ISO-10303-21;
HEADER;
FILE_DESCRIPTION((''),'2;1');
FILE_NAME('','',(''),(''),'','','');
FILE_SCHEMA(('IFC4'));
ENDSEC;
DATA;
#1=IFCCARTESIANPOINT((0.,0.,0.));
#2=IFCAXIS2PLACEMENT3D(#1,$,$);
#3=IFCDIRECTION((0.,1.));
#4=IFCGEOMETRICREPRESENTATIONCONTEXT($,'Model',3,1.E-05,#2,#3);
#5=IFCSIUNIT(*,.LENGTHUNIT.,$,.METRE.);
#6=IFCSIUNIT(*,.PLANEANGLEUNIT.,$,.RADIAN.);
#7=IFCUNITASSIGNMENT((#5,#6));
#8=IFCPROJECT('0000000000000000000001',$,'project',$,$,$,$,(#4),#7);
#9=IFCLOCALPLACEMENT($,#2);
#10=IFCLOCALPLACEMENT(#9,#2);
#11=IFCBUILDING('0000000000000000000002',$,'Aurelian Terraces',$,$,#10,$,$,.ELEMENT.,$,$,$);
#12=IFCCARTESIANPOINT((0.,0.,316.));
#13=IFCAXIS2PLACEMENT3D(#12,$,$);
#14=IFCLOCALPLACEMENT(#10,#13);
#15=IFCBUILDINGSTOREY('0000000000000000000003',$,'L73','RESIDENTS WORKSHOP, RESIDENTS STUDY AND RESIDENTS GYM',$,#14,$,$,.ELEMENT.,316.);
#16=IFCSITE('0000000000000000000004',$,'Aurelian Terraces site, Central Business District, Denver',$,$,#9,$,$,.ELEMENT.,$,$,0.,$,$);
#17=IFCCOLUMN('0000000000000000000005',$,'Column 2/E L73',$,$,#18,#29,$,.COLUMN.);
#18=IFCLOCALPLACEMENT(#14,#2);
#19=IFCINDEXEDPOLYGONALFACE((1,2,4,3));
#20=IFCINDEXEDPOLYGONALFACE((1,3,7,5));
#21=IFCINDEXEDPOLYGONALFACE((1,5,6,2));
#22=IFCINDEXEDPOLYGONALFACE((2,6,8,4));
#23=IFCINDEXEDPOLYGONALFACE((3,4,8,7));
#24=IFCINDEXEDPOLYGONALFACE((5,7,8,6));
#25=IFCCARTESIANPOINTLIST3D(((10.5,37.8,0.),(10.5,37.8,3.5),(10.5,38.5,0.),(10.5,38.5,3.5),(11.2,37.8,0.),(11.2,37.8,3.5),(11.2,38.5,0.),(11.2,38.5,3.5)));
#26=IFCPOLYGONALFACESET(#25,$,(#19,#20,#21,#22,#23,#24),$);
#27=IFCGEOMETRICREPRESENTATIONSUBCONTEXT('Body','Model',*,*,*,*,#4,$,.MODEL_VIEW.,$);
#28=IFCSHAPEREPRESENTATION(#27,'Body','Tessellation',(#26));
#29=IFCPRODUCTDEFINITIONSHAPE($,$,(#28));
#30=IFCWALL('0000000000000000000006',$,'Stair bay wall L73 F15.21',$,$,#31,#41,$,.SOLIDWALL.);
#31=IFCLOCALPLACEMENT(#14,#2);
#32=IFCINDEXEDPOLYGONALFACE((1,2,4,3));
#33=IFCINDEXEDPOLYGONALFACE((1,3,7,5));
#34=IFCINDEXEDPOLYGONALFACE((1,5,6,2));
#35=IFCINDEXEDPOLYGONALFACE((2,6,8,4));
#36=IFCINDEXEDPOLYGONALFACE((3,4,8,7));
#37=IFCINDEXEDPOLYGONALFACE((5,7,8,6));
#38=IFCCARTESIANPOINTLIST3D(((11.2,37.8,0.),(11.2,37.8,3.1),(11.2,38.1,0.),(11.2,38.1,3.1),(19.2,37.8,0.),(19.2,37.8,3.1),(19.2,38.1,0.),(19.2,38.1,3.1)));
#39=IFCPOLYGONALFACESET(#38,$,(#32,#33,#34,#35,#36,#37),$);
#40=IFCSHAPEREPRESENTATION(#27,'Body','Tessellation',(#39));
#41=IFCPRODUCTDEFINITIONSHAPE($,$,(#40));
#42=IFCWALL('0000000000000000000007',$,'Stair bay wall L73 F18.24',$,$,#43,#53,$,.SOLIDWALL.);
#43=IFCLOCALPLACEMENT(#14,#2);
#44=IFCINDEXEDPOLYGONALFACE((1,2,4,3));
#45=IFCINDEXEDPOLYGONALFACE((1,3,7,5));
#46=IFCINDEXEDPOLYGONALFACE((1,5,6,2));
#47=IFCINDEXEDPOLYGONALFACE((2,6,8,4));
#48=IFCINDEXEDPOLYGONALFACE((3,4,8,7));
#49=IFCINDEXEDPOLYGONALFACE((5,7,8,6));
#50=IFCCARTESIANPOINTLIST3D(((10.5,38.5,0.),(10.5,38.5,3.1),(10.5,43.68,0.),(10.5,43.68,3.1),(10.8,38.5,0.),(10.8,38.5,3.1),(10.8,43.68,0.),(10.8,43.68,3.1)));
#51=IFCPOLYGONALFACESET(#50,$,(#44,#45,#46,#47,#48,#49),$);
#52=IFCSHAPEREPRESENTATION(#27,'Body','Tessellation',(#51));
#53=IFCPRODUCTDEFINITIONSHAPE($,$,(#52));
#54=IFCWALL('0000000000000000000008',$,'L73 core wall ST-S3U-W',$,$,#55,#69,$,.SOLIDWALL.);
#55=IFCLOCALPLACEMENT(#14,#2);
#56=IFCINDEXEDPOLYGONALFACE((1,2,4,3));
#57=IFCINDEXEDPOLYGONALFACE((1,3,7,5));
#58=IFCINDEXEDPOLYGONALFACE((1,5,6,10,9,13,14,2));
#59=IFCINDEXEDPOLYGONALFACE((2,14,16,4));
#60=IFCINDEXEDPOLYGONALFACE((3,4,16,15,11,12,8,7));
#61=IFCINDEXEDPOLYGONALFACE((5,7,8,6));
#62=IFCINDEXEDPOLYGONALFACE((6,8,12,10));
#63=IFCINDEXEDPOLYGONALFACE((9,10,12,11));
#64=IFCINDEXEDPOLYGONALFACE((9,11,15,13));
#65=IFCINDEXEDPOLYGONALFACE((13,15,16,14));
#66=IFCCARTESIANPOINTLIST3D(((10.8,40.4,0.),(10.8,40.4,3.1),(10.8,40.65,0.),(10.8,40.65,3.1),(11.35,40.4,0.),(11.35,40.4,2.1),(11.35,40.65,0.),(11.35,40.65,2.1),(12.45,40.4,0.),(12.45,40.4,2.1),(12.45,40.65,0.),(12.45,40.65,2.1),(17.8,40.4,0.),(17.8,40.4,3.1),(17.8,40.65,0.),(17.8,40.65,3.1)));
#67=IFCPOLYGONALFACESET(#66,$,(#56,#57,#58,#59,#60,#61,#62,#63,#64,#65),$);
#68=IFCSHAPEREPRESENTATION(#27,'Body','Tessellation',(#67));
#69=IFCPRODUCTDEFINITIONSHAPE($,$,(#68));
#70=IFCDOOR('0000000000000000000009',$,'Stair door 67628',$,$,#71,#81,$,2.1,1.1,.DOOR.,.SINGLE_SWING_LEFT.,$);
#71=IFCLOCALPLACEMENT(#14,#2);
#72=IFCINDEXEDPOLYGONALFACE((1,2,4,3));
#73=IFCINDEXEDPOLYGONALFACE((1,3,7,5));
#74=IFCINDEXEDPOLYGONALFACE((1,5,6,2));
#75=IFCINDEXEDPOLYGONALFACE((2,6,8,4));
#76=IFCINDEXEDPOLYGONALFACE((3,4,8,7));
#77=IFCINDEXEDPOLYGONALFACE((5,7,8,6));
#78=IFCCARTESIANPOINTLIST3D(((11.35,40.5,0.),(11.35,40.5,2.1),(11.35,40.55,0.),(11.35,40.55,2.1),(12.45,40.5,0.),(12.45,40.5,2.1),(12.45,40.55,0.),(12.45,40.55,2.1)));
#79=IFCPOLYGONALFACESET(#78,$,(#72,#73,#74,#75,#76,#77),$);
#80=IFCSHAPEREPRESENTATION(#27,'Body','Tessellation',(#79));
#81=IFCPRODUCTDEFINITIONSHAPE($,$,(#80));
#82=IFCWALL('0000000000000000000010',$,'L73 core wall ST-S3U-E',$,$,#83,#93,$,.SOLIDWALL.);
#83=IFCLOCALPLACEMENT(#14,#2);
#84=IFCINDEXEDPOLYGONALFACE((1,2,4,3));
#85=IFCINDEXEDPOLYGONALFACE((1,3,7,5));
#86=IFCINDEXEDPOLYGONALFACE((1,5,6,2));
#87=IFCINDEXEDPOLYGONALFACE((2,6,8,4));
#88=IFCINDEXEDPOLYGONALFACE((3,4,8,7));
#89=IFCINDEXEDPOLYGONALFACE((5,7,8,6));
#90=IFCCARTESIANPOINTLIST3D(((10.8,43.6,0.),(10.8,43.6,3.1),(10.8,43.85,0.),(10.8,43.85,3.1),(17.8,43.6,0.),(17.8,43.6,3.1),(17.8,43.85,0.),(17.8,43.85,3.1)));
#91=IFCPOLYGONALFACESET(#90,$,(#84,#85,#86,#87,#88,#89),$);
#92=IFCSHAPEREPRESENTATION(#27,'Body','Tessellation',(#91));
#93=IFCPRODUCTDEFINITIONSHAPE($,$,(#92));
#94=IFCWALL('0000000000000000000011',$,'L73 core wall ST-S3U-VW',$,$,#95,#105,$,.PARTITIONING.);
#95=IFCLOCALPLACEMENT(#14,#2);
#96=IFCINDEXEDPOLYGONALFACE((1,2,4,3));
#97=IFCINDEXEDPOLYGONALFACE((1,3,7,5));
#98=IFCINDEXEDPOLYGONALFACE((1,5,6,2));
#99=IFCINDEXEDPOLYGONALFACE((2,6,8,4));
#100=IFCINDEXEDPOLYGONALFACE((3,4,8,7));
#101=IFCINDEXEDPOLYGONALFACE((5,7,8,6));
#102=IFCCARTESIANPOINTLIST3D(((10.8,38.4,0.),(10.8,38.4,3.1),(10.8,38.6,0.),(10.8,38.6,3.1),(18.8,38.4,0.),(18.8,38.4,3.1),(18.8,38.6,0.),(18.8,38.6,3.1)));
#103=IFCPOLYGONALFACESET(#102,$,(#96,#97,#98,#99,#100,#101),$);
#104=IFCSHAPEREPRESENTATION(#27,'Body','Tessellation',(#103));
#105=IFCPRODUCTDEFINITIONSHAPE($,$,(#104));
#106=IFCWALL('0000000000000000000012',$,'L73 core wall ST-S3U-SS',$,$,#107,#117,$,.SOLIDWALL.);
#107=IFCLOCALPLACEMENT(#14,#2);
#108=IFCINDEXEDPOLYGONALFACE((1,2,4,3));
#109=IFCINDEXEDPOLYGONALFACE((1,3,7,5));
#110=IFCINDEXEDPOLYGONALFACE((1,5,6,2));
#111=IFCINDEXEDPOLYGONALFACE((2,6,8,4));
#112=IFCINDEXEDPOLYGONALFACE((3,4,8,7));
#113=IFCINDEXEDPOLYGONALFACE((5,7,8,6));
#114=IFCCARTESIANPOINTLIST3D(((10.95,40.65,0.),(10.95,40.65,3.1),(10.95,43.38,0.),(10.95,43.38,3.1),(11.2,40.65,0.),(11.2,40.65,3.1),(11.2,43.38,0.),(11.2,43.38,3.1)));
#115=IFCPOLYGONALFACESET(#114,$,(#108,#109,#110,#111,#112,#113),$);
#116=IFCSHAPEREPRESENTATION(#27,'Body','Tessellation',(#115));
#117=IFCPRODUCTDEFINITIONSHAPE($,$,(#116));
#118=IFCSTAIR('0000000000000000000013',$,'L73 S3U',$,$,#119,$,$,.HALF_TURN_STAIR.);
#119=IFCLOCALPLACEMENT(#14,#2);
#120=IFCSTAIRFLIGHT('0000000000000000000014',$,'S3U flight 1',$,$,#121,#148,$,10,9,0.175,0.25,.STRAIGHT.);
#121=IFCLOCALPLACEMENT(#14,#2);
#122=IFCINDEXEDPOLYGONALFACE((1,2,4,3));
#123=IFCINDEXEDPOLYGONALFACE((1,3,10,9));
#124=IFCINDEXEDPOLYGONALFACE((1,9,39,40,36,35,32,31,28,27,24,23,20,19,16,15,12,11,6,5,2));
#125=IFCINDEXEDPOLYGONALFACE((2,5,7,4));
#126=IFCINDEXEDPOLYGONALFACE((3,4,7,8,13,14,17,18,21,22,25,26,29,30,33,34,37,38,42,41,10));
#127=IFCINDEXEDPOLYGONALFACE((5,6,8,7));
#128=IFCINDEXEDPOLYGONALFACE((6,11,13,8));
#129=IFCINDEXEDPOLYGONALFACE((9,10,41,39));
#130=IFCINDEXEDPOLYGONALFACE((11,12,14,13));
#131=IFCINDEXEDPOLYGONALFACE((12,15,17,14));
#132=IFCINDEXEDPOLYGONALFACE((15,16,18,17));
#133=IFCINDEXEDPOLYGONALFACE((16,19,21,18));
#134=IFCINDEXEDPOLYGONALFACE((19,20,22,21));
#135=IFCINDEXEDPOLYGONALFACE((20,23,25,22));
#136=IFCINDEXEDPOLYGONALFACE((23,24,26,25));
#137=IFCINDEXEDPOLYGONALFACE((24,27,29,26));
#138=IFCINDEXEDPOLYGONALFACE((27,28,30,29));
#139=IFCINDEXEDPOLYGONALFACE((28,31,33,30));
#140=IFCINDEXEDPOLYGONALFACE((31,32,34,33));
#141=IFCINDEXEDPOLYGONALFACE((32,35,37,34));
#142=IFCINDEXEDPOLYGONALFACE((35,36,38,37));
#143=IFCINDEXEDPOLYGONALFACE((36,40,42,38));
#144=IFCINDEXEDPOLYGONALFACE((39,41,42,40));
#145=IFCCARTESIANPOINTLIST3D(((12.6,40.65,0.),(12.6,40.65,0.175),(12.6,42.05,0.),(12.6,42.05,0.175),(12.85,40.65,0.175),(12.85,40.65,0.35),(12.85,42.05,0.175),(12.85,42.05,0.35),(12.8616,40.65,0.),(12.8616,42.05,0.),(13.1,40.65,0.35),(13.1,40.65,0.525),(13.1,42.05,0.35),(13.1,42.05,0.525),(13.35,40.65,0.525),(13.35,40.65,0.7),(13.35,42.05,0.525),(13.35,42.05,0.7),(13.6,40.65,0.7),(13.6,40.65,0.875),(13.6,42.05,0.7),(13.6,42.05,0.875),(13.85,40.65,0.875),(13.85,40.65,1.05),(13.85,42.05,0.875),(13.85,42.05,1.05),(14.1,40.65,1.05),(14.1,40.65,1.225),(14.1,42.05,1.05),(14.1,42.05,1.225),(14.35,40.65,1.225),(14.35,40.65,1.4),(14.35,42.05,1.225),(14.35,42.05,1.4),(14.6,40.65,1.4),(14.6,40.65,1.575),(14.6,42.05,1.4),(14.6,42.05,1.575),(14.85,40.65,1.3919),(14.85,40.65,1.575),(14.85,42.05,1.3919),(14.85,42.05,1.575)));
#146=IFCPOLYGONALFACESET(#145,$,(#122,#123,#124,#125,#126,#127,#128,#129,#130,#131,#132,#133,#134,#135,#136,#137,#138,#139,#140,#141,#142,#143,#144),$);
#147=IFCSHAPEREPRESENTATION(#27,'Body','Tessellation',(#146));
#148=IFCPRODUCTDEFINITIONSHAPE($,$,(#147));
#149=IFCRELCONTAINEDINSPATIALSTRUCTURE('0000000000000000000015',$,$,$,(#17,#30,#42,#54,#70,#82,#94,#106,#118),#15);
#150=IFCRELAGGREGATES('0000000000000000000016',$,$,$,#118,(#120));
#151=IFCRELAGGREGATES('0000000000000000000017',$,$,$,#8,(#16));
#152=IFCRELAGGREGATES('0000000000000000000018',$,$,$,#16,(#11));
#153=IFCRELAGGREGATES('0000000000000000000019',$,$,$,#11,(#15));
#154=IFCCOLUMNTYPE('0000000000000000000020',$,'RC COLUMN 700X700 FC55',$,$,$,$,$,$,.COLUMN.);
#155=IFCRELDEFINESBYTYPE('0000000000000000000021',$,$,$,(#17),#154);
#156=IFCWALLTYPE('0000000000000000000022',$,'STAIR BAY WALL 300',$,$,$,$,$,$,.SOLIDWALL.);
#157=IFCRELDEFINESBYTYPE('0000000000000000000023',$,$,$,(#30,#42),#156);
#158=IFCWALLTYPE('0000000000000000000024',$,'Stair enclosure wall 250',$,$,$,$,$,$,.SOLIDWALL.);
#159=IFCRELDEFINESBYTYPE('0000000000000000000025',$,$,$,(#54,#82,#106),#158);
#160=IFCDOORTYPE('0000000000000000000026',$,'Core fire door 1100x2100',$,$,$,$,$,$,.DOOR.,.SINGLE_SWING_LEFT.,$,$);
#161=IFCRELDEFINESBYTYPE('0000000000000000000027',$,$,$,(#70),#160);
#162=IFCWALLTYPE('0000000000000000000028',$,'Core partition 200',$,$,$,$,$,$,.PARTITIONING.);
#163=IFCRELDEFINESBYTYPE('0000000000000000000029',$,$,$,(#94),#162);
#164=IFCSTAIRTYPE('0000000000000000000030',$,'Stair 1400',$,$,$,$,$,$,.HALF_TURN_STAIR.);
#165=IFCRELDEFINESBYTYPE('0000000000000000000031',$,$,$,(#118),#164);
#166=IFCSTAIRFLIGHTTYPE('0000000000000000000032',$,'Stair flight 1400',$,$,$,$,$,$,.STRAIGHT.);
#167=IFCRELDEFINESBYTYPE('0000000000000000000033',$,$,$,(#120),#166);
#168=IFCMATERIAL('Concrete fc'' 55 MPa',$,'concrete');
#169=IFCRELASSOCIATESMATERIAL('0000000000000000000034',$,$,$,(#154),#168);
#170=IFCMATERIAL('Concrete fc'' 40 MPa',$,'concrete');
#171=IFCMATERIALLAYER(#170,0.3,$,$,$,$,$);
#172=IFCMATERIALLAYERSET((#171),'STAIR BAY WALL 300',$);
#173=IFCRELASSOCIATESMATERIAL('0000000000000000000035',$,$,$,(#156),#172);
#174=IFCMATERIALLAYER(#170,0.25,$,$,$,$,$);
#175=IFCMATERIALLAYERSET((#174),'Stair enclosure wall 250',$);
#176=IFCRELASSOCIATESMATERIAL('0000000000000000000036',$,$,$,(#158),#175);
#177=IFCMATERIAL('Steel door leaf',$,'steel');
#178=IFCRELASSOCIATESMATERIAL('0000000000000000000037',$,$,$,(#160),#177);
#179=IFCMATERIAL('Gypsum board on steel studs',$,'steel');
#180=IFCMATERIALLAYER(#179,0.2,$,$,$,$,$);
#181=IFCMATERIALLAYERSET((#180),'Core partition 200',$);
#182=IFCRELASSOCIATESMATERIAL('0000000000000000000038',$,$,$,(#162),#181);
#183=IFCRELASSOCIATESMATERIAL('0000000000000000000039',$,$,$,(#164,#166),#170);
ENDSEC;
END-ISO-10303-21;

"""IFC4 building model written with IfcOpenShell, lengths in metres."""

from ifc_helpers import new_model, si_unit, direction, frame, frame_2d, origin, origin_2d, place, context, subcontext, project, spatial, polyline, rectangle, outline, extrude, source, transform, mapped, material, layer, layer_set, material_profile, profile_set, type_object, element, fill, aggregate, save


model = new_model("IFC4")

# Units and contexts
model_context = context("Model", 3, precision=1e-05, world=origin(), true_north=direction((0.0, 1.0)))
body_context = subcontext(model_context, "Body", "Model", "MODEL_VIEW")
ifc_project = project(units=[si_unit("LENGTHUNIT", "METRE"), si_unit("PLANEANGLEUNIT", "RADIAN")], contexts=[model_context])

# Site, building, storey
site_placement = place(None, origin())
site = spatial("IfcSite", under=ifc_project, at=site_placement, Name="Aurelian Terraces site, Central Business District, Denver", CompositionType="ELEMENT", RefElevation=0.0)
building_placement = place(site_placement, origin())
building = spatial("IfcBuilding", under=site, at=building_placement, Name="Aurelian Terraces", CompositionType="ELEMENT")
storey_placement = place(building_placement, frame((0.0, 0.0, 316.0)))
storey = spatial("IfcBuildingStorey", under=building, at=storey_placement, Name="L73", Description="RESIDENTS WORKSHOP, RESIDENTS STUDY AND RESIDENTS GYM", CompositionType="ELEMENT", Elevation=316.0)

# Column
ifc_material_1 = material(Name="Concrete fc' 55 MPa", Category="concrete")
ifc_material_profile = material_profile(ifc_material_1, rectangle(XDim=0.7, YDim=0.7, at=origin_2d()))
ifc_profile_set = profile_set([ifc_material_profile], Name="Concrete fc' 55 MPa")
column_type = type_object("IfcColumnType", Name="RC COLUMN 700X700 FC55", PredefinedType="COLUMN", material=ifc_profile_set)
shared_shape_1 = source(origin(), body_context, "Body", "SweptSolid", [
    extrude(rectangle(XDim=0.7, YDim=0.7, at=origin_2d()), origin(), (0.0, 0.0, 1.0), 3.5),
])
column_placement = place(storey_placement, frame((10.85, 38.15, 0.0), z_axis=(0.0, 0.0, 1.0), x_axis=(1.0, 0.0, 0.0)))
element("IfcColumn", 1, at=column_placement, inside=storey, type_object=column_type, Name="Column 2/E L73", PredefinedType="COLUMN", context=body_context, shape_type="MappedRepresentation", body=[
    mapped(shared_shape_1, transform((0.0, 0.0, 0.0), scale=1.0)),
])

# Walls
ifc_material_2 = material(Name="Concrete fc' 40 MPa", Category="concrete")
ifc_layer_1 = layer(ifc_material_2, 0.3)
ifc_layer_set_1 = layer_set([ifc_layer_1], Name="STAIR BAY WALL 300")
wall_type_1 = type_object("IfcWallType", Name="STAIR BAY WALL 300", PredefinedType="SOLIDWALL", material=ifc_layer_set_1)
shared_shape_2 = source(origin(), body_context, "Body", "SweptSolid", [
    extrude(rectangle(XDim=8.0, YDim=0.3, at=frame_2d((4.0, 0.0))), origin(), (0.0, 0.0, 1.0), 3.1),
])
wall_1_placement = place(storey_placement, frame((11.2, 37.95, 0.0), z_axis=(0.0, 0.0, 1.0), x_axis=(1.0, 0.0, 0.0)))
element("IfcWall", 2, at=wall_1_placement, inside=storey, type_object=wall_type_1, Name="Stair bay wall L73 F15.21", PredefinedType="SOLIDWALL", context=body_context, shape_type="MappedRepresentation", body=[
    mapped(shared_shape_2, transform((0.0, 0.0, 0.0), scale=1.0)),
])
shared_shape_3 = source(origin(), body_context, "Body", "SweptSolid", [
    extrude(rectangle(XDim=5.18, YDim=0.3, at=frame_2d((2.59, 0.0))), origin(), (0.0, 0.0, 1.0), 3.1),
])
wall_2_placement = place(storey_placement, frame((10.65, 43.68, 0.0), z_axis=(0.0, 0.0, 1.0), x_axis=(0.0, -1.0, 0.0)))
element("IfcWall", 3, at=wall_2_placement, inside=storey, type_object=wall_type_1, Name="Stair bay wall L73 F18.24", PredefinedType="SOLIDWALL", context=body_context, shape_type="MappedRepresentation", body=[
    mapped(shared_shape_3, transform((0.0, 0.0, 0.0), scale=1.0)),
])

# Wall, opening, door
ifc_layer_2 = layer(ifc_material_2, 0.25)
ifc_layer_set_2 = layer_set([ifc_layer_2], Name="Stair enclosure wall 250")
wall_type_2 = type_object("IfcWallType", Name="Stair enclosure wall 250", PredefinedType="SOLIDWALL", material=ifc_layer_set_2)
shared_shape_4 = source(origin(), body_context, "Body", "SweptSolid", [
    extrude(rectangle(XDim=7.0, YDim=0.25, at=frame_2d((3.5, 0.0))), origin(), (0.0, 0.0, 1.0), 3.1),
])
wall_3_placement = place(storey_placement, frame((10.8, 40.525, 0.0), z_axis=(0.0, 0.0, 1.0), x_axis=(1.0, 0.0, 0.0)))
wall_3 = element("IfcWall", 4, at=wall_3_placement, inside=storey, type_object=wall_type_2, Name="L73 core wall ST-S3U-W", PredefinedType="SOLIDWALL", context=body_context, shape_type="MappedRepresentation", body=[
    mapped(shared_shape_4, transform((0.0, 0.0, 0.0), scale=1.0)),
])
shared_shape_5 = source(origin(), body_context, "Body", "SweptSolid", [
    extrude(rectangle(XDim=1.1, YDim=2.1, at=frame_2d((0.55, 1.05))), frame((0.0, 0.135, 0.0), z_axis=(0.0, -1.0, 0.0), x_axis=(1.0, 0.0, 0.0)), (0.0, 0.0, 1.0), 0.27),
])
opening_placement = place(wall_3_placement, frame((0.55, 0.0, 0.0)))
opening = element("IfcOpeningElement", 5, at=opening_placement, cuts=wall_3, PredefinedType="OPENING", context=body_context, shape_type="MappedRepresentation", body=[
    mapped(shared_shape_5, transform((0.0, 0.0, 0.0), scale=1.0)),
])
ifc_material_3 = material(Name="Steel door leaf", Category="steel")
door_type = type_object("IfcDoorType", Name="Core fire door 1100x2100", OperationType="SINGLE_SWING_LEFT", PredefinedType="DOOR", material=ifc_material_3)
shared_shape_6 = source(origin(), body_context, "Body", "SweptSolid", [
    extrude(rectangle(XDim=1.1, YDim=2.1, at=frame_2d((0.55, 1.05))), frame((0.0, 0.025, 0.0), z_axis=(0.0, -1.0, 0.0), x_axis=(1.0, 0.0, 0.0)), (0.0, 0.0, 1.0), 0.05),
])
door_placement = place(opening_placement, origin())
door = element("IfcDoor", 6, at=door_placement, inside=storey, type_object=door_type, Name="Stair door 67628", OperationType="SINGLE_SWING_LEFT", OverallHeight=2.1, OverallWidth=1.1, PredefinedType="DOOR", context=body_context, shape_type="MappedRepresentation", body=[
    mapped(shared_shape_6, transform((0.0, 0.0, 0.0), scale=1.0)),
])
fill(opening, door)

# Walls
wall_4_placement = place(storey_placement, frame((10.8, 43.725, 0.0), z_axis=(0.0, 0.0, 1.0), x_axis=(1.0, 0.0, 0.0)))
element("IfcWall", 7, at=wall_4_placement, inside=storey, type_object=wall_type_2, Name="L73 core wall ST-S3U-E", PredefinedType="SOLIDWALL", context=body_context, shape_type="MappedRepresentation", body=[
    mapped(shared_shape_4, transform((0.0, 0.0, 0.0), scale=1.0)),
])
ifc_material_4 = material(Name="Gypsum board on steel studs", Category="steel")
ifc_layer_3 = layer(ifc_material_4, 0.2)
ifc_layer_set_3 = layer_set([ifc_layer_3], Name="Core partition 200")
wall_type_3 = type_object("IfcWallType", Name="Core partition 200", PredefinedType="PARTITIONING", material=ifc_layer_set_3)
shared_shape_7 = source(origin(), body_context, "Body", "SweptSolid", [
    extrude(rectangle(XDim=8.0, YDim=0.2, at=frame_2d((4.0, 0.0))), origin(), (0.0, 0.0, 1.0), 3.1),
])
wall_5_placement = place(storey_placement, frame((10.8, 38.5, 0.0), z_axis=(0.0, 0.0, 1.0), x_axis=(1.0, 0.0, 0.0)))
element("IfcWall", 8, at=wall_5_placement, inside=storey, type_object=wall_type_3, Name="L73 core wall ST-S3U-VW", PredefinedType="PARTITIONING", context=body_context, shape_type="MappedRepresentation", body=[
    mapped(shared_shape_7, transform((0.0, 0.0, 0.0), scale=1.0)),
])
shared_shape_8 = source(origin(), body_context, "Body", "SweptSolid", [
    extrude(rectangle(XDim=2.73, YDim=0.25, at=frame_2d((1.365, 0.0))), origin(), (0.0, 0.0, 1.0), 3.1),
])
wall_6_placement = place(storey_placement, frame((11.075, 40.65, 0.0), z_axis=(0.0, 0.0, 1.0), x_axis=(0.0, 1.0, 0.0)))
element("IfcWall", 9, at=wall_6_placement, inside=storey, type_object=wall_type_2, Name="L73 core wall ST-S3U-SS", PredefinedType="SOLIDWALL", context=body_context, shape_type="MappedRepresentation", body=[
    mapped(shared_shape_8, transform((0.0, 0.0, 0.0), scale=1.0)),
])

# Stair, stair flight
stair_type = type_object("IfcStairType", Name="Stair 1400", PredefinedType="HALF_TURN_STAIR", material=ifc_material_2)
stair_placement = place(storey_placement, origin())
stair = element("IfcStair", 10, at=stair_placement, inside=storey, type_object=stair_type, Name="L73 S3U", PredefinedType="HALF_TURN_STAIR")
stair_flight_type = type_object("IfcStairFlightType", Name="Stair flight 1400", PredefinedType="STRAIGHT", material=ifc_material_2)
shared_shape_9 = source(origin(), body_context, "Body", "SweptSolid", [
    extrude(outline(polyline([(0.0, 0.0), (0.0, 0.175), (0.25, 0.175), (0.25, 0.35), (0.5, 0.35), (0.5, 0.525), (0.75, 0.525), (0.75, 0.7), (1.0, 0.7), (1.0, 0.875), (1.25, 0.875), (1.25, 1.05), (1.5, 1.05), (1.5, 1.225), (1.75, 1.225), (1.75, 1.4), (2.0, 1.4), (2.0, 1.575), (2.25, 1.575), (2.25, 1.75), (2.25, 1.3919), (0.2616, 0.0), (0.0, 0.0)])), frame((0.0, 0.7, 0.0), z_axis=(0.0, -1.0, 0.0), x_axis=(1.0, 0.0, 0.0)), (0.0, 0.0, 1.0), 1.4),
])
stair_flight_1_placement = place(storey_placement, frame((12.6, 41.35, 0.0), z_axis=(0.0, 0.0, 1.0), x_axis=(1.0, 0.0, 0.0)))
stair_flight_1 = element("IfcStairFlight", 11, at=stair_flight_1_placement, type_object=stair_flight_type, Name="S3U flight 1", NumberOfRisers=10, NumberOfTreads=9, PredefinedType="STRAIGHT", RiserHeight=0.175, TreadLength=0.25, context=body_context, shape_type="MappedRepresentation", body=[
    mapped(shared_shape_9, transform((0.0, 0.0, 0.0), scale=1.0)),
])
aggregate(stair, [stair_flight_1])

save(model, "model.ifc")
